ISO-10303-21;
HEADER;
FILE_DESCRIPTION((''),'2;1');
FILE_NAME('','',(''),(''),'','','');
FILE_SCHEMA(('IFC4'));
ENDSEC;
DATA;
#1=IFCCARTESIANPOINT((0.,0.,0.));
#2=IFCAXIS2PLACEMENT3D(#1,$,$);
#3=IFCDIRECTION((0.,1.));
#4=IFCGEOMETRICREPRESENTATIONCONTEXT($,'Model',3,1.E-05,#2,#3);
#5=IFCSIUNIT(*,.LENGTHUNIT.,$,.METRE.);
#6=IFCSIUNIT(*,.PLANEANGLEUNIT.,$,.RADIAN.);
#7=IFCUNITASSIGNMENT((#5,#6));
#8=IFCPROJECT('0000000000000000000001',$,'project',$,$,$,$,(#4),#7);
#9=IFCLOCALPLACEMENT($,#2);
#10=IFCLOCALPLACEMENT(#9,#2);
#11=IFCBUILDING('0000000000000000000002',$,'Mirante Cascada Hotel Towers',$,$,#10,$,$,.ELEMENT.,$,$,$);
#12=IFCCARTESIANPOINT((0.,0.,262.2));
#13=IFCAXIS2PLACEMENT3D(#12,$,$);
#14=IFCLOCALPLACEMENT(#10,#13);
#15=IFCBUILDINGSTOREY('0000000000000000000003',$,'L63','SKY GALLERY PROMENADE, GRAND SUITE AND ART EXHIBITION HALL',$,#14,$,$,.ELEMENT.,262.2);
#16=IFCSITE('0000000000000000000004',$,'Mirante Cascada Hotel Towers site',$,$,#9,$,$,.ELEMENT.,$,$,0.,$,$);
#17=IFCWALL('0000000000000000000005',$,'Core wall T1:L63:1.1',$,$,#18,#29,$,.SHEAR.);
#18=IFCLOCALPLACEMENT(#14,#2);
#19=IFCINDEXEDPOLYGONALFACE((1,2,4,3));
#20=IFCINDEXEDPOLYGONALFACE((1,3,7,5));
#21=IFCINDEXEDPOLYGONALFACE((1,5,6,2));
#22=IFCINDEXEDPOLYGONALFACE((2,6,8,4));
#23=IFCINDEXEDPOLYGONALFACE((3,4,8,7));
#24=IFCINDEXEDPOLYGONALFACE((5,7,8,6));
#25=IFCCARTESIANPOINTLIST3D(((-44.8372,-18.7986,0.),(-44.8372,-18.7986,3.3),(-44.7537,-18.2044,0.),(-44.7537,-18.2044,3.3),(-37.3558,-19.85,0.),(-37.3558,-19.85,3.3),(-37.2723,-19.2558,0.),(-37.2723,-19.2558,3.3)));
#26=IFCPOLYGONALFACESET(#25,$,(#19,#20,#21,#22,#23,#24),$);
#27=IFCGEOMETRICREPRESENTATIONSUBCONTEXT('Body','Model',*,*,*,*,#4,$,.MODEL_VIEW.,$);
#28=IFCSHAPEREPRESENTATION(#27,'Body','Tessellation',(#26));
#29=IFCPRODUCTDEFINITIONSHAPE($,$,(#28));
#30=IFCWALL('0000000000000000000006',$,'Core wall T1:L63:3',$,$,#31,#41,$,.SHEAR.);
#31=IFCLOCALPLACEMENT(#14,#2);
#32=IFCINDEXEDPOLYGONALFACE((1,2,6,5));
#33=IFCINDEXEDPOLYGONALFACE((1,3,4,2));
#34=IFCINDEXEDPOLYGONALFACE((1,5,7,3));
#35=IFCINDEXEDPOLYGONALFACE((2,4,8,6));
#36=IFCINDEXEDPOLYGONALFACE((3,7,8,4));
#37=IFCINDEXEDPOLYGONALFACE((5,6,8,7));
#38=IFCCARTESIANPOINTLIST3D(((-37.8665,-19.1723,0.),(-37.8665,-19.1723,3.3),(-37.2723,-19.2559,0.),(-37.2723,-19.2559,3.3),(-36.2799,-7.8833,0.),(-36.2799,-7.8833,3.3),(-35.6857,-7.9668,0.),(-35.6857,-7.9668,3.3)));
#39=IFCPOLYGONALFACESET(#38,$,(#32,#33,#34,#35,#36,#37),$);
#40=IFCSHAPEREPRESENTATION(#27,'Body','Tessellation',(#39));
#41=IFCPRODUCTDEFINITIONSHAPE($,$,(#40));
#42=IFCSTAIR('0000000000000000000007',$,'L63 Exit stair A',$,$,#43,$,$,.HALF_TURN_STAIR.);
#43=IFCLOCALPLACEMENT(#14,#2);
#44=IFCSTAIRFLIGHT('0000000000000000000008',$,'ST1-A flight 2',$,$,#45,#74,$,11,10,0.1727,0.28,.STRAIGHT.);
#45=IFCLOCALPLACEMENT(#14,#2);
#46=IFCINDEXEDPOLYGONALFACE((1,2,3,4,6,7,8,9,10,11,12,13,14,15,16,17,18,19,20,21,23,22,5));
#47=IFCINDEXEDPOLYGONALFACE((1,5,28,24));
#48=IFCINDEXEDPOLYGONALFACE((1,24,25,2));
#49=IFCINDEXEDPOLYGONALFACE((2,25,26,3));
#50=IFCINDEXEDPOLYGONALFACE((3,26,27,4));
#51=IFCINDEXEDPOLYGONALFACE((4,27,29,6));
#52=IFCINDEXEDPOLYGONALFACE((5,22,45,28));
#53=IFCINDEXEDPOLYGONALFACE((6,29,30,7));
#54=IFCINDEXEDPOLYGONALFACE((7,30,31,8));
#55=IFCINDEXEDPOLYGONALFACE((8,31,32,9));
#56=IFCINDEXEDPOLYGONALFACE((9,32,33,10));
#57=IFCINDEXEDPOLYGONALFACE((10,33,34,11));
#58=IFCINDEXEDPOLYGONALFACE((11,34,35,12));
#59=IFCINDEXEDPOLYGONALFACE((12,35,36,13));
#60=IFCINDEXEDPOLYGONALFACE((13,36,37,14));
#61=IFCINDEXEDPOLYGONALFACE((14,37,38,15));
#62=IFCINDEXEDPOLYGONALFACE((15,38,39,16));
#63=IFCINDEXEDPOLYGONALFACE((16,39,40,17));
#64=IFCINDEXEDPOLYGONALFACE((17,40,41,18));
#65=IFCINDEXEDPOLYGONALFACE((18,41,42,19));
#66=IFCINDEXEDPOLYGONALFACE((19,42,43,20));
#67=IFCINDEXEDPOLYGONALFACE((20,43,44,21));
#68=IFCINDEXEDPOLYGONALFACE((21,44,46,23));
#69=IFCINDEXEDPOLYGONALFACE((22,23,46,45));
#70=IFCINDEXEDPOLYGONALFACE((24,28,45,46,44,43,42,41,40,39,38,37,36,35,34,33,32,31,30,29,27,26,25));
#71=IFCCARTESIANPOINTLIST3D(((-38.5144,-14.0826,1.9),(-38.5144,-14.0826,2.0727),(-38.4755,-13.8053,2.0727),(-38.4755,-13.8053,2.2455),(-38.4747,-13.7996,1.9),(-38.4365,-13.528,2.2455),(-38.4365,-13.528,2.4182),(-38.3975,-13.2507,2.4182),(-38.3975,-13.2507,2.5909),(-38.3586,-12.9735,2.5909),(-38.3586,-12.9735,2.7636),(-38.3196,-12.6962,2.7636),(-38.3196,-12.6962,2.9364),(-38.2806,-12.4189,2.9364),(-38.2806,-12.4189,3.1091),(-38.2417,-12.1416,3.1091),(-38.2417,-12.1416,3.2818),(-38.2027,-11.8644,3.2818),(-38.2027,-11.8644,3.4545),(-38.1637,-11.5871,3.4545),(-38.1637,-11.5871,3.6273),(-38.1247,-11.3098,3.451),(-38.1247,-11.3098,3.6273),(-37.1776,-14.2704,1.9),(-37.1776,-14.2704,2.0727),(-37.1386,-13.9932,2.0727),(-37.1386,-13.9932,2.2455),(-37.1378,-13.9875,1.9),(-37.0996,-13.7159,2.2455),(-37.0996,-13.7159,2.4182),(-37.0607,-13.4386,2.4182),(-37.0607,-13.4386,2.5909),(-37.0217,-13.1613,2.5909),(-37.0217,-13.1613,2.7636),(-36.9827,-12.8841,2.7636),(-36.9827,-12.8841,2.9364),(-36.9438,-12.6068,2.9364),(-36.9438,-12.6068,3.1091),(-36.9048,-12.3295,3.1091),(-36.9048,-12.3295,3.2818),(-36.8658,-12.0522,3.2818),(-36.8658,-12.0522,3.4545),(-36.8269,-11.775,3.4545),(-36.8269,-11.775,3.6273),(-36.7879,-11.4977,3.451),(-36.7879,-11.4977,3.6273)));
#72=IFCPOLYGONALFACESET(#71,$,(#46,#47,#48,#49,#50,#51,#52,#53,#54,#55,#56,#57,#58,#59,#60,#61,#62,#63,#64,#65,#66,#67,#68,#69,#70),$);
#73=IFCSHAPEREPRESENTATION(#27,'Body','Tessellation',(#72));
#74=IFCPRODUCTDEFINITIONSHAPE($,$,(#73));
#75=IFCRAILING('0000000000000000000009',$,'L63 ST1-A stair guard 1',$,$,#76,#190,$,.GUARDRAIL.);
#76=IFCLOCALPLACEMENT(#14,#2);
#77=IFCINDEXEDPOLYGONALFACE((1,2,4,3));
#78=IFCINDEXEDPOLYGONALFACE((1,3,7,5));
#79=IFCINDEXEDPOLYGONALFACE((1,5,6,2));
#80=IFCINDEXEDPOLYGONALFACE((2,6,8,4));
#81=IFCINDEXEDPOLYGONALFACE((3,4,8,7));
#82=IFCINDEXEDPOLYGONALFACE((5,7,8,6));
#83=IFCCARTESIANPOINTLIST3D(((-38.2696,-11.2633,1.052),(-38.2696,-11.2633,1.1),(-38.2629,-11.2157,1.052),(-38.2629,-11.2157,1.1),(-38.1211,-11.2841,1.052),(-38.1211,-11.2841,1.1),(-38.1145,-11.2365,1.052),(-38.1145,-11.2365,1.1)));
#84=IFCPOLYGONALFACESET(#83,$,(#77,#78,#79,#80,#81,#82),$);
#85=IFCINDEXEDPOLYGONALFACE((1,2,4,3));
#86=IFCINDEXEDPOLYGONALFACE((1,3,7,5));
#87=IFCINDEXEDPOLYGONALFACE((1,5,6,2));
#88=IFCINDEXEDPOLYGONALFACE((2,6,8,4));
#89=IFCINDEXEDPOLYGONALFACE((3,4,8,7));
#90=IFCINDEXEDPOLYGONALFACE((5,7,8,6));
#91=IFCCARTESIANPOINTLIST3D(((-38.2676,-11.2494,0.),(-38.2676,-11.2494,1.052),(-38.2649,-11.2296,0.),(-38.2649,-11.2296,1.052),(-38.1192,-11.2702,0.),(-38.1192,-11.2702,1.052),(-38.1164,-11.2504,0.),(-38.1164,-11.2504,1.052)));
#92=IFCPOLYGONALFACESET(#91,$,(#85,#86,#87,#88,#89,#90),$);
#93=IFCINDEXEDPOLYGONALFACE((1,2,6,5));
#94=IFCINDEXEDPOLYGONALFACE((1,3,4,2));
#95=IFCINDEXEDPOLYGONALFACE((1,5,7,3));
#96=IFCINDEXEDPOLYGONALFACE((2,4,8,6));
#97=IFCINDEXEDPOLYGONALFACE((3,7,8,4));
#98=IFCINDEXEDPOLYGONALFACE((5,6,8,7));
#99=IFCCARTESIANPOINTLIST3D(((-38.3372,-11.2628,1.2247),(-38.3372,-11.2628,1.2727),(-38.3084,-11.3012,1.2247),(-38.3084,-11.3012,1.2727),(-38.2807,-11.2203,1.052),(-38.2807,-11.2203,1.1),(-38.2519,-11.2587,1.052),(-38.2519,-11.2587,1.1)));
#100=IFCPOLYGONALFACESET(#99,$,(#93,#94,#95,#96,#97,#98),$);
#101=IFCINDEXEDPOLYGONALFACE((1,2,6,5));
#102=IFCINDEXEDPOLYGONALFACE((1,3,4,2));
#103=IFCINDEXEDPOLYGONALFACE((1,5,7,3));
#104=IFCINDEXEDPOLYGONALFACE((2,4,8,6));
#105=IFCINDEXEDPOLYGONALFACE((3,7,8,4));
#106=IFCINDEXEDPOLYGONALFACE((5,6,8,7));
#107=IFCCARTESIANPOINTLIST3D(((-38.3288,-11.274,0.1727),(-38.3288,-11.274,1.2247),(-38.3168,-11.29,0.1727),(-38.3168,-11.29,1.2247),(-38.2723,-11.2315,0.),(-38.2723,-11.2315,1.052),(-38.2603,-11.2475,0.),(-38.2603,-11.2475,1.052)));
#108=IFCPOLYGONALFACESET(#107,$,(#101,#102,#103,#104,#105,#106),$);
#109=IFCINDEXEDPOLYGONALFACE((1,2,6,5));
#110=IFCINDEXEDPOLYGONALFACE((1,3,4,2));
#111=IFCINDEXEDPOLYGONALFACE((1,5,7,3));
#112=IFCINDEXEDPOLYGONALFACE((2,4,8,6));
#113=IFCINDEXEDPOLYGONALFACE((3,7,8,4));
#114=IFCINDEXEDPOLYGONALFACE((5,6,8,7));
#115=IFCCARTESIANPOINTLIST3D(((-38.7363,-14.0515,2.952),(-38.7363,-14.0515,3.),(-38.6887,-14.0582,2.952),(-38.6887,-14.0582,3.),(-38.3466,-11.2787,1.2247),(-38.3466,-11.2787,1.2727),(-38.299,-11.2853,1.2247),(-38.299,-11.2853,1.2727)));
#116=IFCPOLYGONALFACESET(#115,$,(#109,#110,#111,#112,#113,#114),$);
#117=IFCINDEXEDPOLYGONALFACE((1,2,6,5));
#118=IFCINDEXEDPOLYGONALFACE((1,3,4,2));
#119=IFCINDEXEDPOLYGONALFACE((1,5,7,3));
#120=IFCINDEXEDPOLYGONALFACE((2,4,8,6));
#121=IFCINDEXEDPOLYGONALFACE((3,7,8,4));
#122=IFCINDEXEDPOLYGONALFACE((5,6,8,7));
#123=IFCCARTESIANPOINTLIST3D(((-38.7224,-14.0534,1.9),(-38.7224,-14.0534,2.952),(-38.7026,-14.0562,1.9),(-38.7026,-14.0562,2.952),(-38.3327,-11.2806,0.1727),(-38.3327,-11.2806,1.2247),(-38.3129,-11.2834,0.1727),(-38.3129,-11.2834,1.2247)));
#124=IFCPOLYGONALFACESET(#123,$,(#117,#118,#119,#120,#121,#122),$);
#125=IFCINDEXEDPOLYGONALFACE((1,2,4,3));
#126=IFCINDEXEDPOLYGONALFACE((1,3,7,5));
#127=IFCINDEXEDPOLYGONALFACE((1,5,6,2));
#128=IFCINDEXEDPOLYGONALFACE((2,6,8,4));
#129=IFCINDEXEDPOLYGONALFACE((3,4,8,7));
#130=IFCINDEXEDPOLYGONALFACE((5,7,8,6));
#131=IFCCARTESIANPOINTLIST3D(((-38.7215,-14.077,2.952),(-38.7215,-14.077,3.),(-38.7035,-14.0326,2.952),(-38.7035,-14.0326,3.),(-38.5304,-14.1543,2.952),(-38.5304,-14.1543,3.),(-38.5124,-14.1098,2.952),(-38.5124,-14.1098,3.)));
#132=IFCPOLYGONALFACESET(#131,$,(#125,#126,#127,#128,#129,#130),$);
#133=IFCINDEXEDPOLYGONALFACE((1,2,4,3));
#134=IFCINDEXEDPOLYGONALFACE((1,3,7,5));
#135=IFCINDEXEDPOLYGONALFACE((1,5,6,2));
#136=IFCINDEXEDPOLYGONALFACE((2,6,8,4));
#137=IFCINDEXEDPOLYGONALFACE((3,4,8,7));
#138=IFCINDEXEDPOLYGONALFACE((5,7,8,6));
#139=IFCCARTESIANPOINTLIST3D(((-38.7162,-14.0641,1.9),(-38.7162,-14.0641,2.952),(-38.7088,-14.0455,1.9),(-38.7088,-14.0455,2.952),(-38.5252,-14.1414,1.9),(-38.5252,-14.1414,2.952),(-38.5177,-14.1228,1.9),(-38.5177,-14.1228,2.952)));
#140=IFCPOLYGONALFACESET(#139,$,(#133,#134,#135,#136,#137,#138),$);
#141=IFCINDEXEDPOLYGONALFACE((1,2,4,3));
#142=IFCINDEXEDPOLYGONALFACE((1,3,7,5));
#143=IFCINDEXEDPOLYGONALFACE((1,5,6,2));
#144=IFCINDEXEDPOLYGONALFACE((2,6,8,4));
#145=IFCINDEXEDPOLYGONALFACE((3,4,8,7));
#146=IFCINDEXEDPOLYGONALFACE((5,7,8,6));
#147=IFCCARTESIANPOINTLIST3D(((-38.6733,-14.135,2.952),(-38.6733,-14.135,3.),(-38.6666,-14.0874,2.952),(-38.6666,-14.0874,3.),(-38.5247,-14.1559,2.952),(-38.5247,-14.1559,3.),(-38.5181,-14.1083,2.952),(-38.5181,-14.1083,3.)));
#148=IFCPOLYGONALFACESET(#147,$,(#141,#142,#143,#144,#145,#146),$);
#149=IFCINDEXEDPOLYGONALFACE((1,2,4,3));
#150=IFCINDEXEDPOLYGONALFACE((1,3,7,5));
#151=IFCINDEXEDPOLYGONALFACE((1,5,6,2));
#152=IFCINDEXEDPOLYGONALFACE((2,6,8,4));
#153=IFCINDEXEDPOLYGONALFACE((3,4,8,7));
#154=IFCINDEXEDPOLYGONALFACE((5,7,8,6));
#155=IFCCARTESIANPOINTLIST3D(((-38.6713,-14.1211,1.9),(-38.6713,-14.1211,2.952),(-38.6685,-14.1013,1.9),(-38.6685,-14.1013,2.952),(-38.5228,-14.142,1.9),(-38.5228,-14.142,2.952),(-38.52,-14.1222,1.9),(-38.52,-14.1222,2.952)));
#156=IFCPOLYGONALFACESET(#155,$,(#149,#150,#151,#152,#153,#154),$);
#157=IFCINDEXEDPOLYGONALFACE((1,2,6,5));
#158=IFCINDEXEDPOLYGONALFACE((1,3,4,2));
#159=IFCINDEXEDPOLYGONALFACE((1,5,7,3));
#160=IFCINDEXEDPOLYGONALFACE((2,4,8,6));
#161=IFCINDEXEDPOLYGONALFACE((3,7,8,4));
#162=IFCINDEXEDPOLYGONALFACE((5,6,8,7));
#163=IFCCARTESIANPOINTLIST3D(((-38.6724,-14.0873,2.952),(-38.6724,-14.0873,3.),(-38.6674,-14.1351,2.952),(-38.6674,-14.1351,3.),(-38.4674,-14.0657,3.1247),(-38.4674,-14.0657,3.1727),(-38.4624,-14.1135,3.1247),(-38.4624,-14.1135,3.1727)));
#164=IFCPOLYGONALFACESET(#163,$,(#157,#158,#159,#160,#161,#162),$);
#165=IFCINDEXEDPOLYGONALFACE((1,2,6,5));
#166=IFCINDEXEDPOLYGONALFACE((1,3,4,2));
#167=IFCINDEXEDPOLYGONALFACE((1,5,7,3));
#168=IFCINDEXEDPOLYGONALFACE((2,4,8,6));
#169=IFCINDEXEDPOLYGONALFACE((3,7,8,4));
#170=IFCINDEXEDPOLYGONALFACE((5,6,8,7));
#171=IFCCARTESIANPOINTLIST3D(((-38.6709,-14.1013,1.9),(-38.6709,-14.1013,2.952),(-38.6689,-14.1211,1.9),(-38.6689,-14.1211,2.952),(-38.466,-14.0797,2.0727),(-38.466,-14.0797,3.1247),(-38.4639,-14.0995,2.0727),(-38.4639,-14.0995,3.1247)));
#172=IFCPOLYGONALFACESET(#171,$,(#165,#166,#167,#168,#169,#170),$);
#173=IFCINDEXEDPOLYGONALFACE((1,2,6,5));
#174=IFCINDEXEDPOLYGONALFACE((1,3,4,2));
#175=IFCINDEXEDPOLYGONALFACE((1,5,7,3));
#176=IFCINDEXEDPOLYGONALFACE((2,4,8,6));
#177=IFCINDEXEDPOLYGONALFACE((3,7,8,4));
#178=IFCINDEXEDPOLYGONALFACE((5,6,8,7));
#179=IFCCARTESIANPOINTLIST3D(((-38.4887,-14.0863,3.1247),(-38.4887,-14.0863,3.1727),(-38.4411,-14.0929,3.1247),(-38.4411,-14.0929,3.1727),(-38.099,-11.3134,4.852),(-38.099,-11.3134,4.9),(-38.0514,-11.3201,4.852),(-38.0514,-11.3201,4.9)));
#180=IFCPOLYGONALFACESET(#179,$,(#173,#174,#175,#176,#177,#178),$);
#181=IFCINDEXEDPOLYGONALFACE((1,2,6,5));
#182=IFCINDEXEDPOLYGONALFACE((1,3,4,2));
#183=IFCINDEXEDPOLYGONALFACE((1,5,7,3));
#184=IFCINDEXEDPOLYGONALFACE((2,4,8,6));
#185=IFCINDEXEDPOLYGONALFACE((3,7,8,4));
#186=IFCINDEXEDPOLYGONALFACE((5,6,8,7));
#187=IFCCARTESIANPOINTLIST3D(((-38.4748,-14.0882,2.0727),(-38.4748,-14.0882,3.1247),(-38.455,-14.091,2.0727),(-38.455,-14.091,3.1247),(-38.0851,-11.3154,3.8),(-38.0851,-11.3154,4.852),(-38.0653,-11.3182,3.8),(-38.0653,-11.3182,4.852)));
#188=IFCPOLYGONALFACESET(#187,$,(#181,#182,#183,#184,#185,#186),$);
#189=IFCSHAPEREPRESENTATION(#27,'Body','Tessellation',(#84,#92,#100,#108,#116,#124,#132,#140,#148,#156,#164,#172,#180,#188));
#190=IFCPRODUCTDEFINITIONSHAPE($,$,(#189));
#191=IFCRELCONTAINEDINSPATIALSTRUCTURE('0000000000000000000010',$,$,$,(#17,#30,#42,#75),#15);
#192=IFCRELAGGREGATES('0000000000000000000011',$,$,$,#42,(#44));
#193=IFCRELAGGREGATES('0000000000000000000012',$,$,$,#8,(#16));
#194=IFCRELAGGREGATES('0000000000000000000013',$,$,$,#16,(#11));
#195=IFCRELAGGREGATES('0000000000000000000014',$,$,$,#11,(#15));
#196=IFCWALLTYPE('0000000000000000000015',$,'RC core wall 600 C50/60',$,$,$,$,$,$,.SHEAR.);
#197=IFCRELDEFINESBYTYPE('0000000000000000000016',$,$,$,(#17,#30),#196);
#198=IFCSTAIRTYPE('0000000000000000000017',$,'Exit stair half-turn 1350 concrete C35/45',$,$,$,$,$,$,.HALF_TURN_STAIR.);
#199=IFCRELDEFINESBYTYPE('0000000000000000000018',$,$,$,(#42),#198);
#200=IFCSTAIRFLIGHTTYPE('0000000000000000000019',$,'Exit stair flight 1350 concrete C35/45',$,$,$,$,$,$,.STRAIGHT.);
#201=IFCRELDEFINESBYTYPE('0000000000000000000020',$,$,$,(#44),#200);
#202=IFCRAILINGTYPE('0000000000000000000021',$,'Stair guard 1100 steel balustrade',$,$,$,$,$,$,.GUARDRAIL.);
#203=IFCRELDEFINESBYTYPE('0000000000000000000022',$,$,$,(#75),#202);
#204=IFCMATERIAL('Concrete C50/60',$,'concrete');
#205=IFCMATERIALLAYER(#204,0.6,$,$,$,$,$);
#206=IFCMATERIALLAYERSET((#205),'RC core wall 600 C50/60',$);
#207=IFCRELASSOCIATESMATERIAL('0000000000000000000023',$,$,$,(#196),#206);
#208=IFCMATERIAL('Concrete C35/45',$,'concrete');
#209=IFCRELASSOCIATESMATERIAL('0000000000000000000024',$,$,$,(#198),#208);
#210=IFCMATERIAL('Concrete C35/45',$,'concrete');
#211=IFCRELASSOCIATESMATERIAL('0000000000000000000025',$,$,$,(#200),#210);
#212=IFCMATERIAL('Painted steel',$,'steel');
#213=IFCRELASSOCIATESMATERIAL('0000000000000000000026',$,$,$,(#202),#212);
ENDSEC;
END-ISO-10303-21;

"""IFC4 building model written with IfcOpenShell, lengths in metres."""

from ifc_helpers import new_model, si_unit, direction, frame, frame_2d, origin, origin_2d, place, context, subcontext, project, spatial, polyline, rectangle, outline, extrude, material, layer, layer_set, type_object, element, aggregate, save


model = new_model("IFC4")

# Units and contexts
model_context = context("Model", 3, precision=1e-05, world=origin(), true_north=direction((0.0, 1.0)))
body_context = subcontext(model_context, "Body", "Model", "MODEL_VIEW")
ifc_project = project(units=[si_unit("LENGTHUNIT", "METRE"), si_unit("PLANEANGLEUNIT", "RADIAN")], contexts=[model_context])

# Site, building, storey
site_placement = place(None, origin())
site = spatial("IfcSite", under=ifc_project, at=site_placement, Name="Mirante Cascada Hotel Towers site", CompositionType="ELEMENT", RefElevation=0.0)
building_placement = place(site_placement, origin())
building = spatial("IfcBuilding", under=site, at=building_placement, Name="Mirante Cascada Hotel Towers", CompositionType="ELEMENT")
storey_placement = place(building_placement, frame((0.0, 0.0, 262.2)))
storey = spatial("IfcBuildingStorey", under=building, at=storey_placement, Name="L63", Description="SKY GALLERY PROMENADE, GRAND SUITE AND ART EXHIBITION HALL", CompositionType="ELEMENT", Elevation=262.2)

# Walls
ifc_material_1 = material(Name="Concrete C50/60", Category="concrete")
ifc_layer_1 = layer(ifc_material_1, 0.6)
ifc_layer_set_1 = layer_set([ifc_layer_1], Name="RC core wall 600 C50/60")
wall_type_1 = type_object("IfcWallType", Name="RC core wall 600 C50/60", PredefinedType="SHEAR", material=ifc_layer_set_1)
wall_1_placement = place(storey_placement, frame((-37.3141, -19.5529, 0.0), z_axis=(0.0, 0.0, 1.0), x_axis=(-0.990269, 0.139168, 0.0)))
element("IfcWall", 1, at=wall_1_placement, inside=storey, type_object=wall_type_1, Name="Core wall T1:L63:1.1", PredefinedType="SHEAR", context=body_context, shape_type="SweptSolid", body=[
    extrude(rectangle(XDim=7.5549, YDim=0.6, at=frame_2d((3.7774, 0.0))), origin(), (0.0, 0.0, 1.0), 3.3),
])
wall_2_placement = place(storey_placement, frame((-37.5694, -19.2141, 0.0), z_axis=(0.0, 0.0, 1.0), x_axis=(0.139175, 0.990268, 0.0)))
element("IfcWall", 2, at=wall_2_placement, inside=storey, type_object=wall_type_1, Name="Core wall T1:L63:3", PredefinedType="SHEAR", context=body_context, shape_type="SweptSolid", body=[
    extrude(rectangle(XDim=11.4, YDim=0.6, at=frame_2d((5.7, 0.0))), origin(), (0.0, 0.0, 1.0), 3.3),
])

# Stair, stair flight
ifc_material_2 = material(Name="Concrete C35/45", Category="concrete")
stair_type = type_object("IfcStairType", Name="Exit stair half-turn 1350 concrete C35/45", PredefinedType="HALF_TURN_STAIR", material=ifc_material_2)
stair_placement = place(storey_placement, origin())
stair = element("IfcStair", 3, at=stair_placement, inside=storey, type_object=stair_type, Name="L63 Exit stair A", PredefinedType="HALF_TURN_STAIR")
ifc_material_3 = material(Name="Concrete C35/45", Category="concrete")
stair_flight_type = type_object("IfcStairFlightType", Name="Exit stair flight 1350 concrete C35/45", PredefinedType="STRAIGHT", material=ifc_material_3)
stair_flight_placement = place(storey_placement, frame((-37.846, -14.1765, 1.9), z_axis=(0.0, 0.0, 1.0), x_axis=(0.139173, 0.990268, 0.0)))
stair_flight = element("IfcStairFlight", 4, at=stair_flight_placement, type_object=stair_flight_type, Name="ST1-A flight 2", NumberOfRisers=11, NumberOfTreads=10, PredefinedType="STRAIGHT", RiserHeight=0.1727, TreadLength=0.28, context=body_context, shape_type="SweptSolid", body=[
    extrude(outline(polyline([(0.0, 0.0), (0.0, 0.1727), (0.28, 0.1727), (0.28, 0.3455), (0.56, 0.3455), (0.56, 0.5182), (0.84, 0.5182), (0.84, 0.6909), (1.12, 0.6909), (1.12, 0.8636), (1.4, 0.8636), (1.4, 1.0364), (1.68, 1.0364), (1.68, 1.2091), (1.96, 1.2091), (1.96, 1.3818), (2.24, 1.3818), (2.24, 1.5545), (2.52, 1.5545), (2.52, 1.7273), (2.8, 1.7273), (2.8, 1.9), (2.8, 1.551), (0.2857, 0.0), (0.0, 0.0)])), frame((0.0, 0.675, 0.0), z_axis=(0.0, -1.0, 0.0), x_axis=(1.0, 0.0, 0.0)), (0.0, 0.0, 1.0), 1.35),
])
aggregate(stair, [stair_flight])

# Railing
ifc_material_4 = material(Name="Painted steel", Category="steel")
railing_type = type_object("IfcRailingType", Name="Stair guard 1100 steel balustrade", PredefinedType="GUARDRAIL", material=ifc_material_4)
railing_placement = place(storey_placement, frame((-38.1178, -11.2603, 0.0)))
element("IfcRailing", 5, at=railing_placement, inside=storey, type_object=railing_type, Name="L63 ST1-A stair guard 1", PredefinedType="GUARDRAIL", context=body_context, shape_type="SweptSolid", body=[
    extrude(rectangle(XDim=0.048, YDim=0.048, at=origin_2d()), frame((0.0, 0.0, 1.076), z_axis=(-0.990333, 0.138713, 0.0), x_axis=(-0.138713, -0.990333, 0.0)), (0.0, 0.0, 1.0), 0.1499),
    extrude(rectangle(XDim=0.02, YDim=1.052, at=origin_2d()), frame((0.0, 0.0, 0.526), z_axis=(-0.990333, 0.138713, 0.0), x_axis=(-0.138713, -0.990333, 0.0)), (0.0, 0.0, 1.0), 0.1499),
    extrude(rectangle(XDim=0.048, YDim=0.048, at=origin_2d()), frame((-0.1485, 0.0208, 1.076), z_axis=(-0.79915, -0.601131, 0.0), x_axis=(0.601131, -0.79915, 0.0)), (0.0, 0.925453, 0.378863), 0.1866),
    extrude(rectangle(XDim=0.02, YDim=1.052, at=origin_2d()), frame((-0.1485, 0.0208, 0.526), z_axis=(-0.79915, -0.601131, 0.0), x_axis=(0.601131, -0.79915, 0.0)), (0.0, 0.925453, 0.378863), 0.1866),
    extrude(rectangle(XDim=0.048, YDim=0.048, at=origin_2d()), frame((-0.205, -0.0217, 1.2487), z_axis=(-0.139176, -0.990268, 0.0), x_axis=(0.990268, -0.139176, 0.0)), (0.0, 0.525021, 0.851089), 3.29),
    extrude(rectangle(XDim=0.02, YDim=1.052, at=origin_2d()), frame((-0.205, -0.0217, 0.6987), z_axis=(-0.139176, -0.990268, 0.0), x_axis=(0.990268, -0.139176, 0.0)), (0.0, 0.525021, 0.851089), 3.29),
    extrude(rectangle(XDim=0.048, YDim=0.048, at=origin_2d()), frame((-0.5947, -2.7945, 2.976), z_axis=(0.927031, -0.374984, 0.0), x_axis=(0.374984, 0.927031, 0.0)), (0.0, 0.0, 1.0), 0.2061),
    extrude(rectangle(XDim=0.02, YDim=1.052, at=origin_2d()), frame((-0.5947, -2.7945, 2.426), z_axis=(0.927031, -0.374984, 0.0), x_axis=(0.374984, 0.927031, 0.0)), (0.0, 0.0, 1.0), 0.2061),
    extrude(rectangle(XDim=0.048, YDim=0.048, at=origin_2d()), frame((-0.4036, -2.8718, 2.976), z_axis=(-0.990241, 0.139367, 0.0), x_axis=(-0.139367, -0.990241, 0.0)), (0.0, 0.0, 1.0), 0.15),
    extrude(rectangle(XDim=0.02, YDim=1.052, at=origin_2d()), frame((-0.4036, -2.8718, 2.426), z_axis=(-0.990241, 0.139367, 0.0), x_axis=(-0.139367, -0.990241, 0.0)), (0.0, 0.0, 1.0), 0.15),
    extrude(rectangle(XDim=0.048, YDim=0.048, at=origin_2d()), frame((-0.5521, -2.8509, 2.976), z_axis=(0.994495, 0.104786, 0.0), x_axis=(-0.104786, 0.994495, 0.0)), (0.0, 0.642203, 0.766534), 0.2689),
    extrude(rectangle(XDim=0.02, YDim=1.052, at=origin_2d()), frame((-0.5521, -2.8509, 2.426), z_axis=(0.994495, 0.104786, 0.0), x_axis=(-0.104786, 0.994495, 0.0)), (0.0, 0.642203, 0.766534), 0.2689),
    extrude(rectangle(XDim=0.048, YDim=0.048, at=origin_2d()), frame((-0.3471, -2.8293, 3.1487), z_axis=(0.139176, 0.990268, 0.0), x_axis=(-0.990268, 0.139176, 0.0)), (0.0, 0.525021, 0.851089), 3.29),
    extrude(rectangle(XDim=0.02, YDim=1.052, at=origin_2d()), frame((-0.3471, -2.8293, 2.5987), z_axis=(0.139176, 0.990268, 0.0), x_axis=(-0.990268, 0.139176, 0.0)), (0.0, 0.525021, 0.851089), 3.29),
])

save(model, "model.ifc")
